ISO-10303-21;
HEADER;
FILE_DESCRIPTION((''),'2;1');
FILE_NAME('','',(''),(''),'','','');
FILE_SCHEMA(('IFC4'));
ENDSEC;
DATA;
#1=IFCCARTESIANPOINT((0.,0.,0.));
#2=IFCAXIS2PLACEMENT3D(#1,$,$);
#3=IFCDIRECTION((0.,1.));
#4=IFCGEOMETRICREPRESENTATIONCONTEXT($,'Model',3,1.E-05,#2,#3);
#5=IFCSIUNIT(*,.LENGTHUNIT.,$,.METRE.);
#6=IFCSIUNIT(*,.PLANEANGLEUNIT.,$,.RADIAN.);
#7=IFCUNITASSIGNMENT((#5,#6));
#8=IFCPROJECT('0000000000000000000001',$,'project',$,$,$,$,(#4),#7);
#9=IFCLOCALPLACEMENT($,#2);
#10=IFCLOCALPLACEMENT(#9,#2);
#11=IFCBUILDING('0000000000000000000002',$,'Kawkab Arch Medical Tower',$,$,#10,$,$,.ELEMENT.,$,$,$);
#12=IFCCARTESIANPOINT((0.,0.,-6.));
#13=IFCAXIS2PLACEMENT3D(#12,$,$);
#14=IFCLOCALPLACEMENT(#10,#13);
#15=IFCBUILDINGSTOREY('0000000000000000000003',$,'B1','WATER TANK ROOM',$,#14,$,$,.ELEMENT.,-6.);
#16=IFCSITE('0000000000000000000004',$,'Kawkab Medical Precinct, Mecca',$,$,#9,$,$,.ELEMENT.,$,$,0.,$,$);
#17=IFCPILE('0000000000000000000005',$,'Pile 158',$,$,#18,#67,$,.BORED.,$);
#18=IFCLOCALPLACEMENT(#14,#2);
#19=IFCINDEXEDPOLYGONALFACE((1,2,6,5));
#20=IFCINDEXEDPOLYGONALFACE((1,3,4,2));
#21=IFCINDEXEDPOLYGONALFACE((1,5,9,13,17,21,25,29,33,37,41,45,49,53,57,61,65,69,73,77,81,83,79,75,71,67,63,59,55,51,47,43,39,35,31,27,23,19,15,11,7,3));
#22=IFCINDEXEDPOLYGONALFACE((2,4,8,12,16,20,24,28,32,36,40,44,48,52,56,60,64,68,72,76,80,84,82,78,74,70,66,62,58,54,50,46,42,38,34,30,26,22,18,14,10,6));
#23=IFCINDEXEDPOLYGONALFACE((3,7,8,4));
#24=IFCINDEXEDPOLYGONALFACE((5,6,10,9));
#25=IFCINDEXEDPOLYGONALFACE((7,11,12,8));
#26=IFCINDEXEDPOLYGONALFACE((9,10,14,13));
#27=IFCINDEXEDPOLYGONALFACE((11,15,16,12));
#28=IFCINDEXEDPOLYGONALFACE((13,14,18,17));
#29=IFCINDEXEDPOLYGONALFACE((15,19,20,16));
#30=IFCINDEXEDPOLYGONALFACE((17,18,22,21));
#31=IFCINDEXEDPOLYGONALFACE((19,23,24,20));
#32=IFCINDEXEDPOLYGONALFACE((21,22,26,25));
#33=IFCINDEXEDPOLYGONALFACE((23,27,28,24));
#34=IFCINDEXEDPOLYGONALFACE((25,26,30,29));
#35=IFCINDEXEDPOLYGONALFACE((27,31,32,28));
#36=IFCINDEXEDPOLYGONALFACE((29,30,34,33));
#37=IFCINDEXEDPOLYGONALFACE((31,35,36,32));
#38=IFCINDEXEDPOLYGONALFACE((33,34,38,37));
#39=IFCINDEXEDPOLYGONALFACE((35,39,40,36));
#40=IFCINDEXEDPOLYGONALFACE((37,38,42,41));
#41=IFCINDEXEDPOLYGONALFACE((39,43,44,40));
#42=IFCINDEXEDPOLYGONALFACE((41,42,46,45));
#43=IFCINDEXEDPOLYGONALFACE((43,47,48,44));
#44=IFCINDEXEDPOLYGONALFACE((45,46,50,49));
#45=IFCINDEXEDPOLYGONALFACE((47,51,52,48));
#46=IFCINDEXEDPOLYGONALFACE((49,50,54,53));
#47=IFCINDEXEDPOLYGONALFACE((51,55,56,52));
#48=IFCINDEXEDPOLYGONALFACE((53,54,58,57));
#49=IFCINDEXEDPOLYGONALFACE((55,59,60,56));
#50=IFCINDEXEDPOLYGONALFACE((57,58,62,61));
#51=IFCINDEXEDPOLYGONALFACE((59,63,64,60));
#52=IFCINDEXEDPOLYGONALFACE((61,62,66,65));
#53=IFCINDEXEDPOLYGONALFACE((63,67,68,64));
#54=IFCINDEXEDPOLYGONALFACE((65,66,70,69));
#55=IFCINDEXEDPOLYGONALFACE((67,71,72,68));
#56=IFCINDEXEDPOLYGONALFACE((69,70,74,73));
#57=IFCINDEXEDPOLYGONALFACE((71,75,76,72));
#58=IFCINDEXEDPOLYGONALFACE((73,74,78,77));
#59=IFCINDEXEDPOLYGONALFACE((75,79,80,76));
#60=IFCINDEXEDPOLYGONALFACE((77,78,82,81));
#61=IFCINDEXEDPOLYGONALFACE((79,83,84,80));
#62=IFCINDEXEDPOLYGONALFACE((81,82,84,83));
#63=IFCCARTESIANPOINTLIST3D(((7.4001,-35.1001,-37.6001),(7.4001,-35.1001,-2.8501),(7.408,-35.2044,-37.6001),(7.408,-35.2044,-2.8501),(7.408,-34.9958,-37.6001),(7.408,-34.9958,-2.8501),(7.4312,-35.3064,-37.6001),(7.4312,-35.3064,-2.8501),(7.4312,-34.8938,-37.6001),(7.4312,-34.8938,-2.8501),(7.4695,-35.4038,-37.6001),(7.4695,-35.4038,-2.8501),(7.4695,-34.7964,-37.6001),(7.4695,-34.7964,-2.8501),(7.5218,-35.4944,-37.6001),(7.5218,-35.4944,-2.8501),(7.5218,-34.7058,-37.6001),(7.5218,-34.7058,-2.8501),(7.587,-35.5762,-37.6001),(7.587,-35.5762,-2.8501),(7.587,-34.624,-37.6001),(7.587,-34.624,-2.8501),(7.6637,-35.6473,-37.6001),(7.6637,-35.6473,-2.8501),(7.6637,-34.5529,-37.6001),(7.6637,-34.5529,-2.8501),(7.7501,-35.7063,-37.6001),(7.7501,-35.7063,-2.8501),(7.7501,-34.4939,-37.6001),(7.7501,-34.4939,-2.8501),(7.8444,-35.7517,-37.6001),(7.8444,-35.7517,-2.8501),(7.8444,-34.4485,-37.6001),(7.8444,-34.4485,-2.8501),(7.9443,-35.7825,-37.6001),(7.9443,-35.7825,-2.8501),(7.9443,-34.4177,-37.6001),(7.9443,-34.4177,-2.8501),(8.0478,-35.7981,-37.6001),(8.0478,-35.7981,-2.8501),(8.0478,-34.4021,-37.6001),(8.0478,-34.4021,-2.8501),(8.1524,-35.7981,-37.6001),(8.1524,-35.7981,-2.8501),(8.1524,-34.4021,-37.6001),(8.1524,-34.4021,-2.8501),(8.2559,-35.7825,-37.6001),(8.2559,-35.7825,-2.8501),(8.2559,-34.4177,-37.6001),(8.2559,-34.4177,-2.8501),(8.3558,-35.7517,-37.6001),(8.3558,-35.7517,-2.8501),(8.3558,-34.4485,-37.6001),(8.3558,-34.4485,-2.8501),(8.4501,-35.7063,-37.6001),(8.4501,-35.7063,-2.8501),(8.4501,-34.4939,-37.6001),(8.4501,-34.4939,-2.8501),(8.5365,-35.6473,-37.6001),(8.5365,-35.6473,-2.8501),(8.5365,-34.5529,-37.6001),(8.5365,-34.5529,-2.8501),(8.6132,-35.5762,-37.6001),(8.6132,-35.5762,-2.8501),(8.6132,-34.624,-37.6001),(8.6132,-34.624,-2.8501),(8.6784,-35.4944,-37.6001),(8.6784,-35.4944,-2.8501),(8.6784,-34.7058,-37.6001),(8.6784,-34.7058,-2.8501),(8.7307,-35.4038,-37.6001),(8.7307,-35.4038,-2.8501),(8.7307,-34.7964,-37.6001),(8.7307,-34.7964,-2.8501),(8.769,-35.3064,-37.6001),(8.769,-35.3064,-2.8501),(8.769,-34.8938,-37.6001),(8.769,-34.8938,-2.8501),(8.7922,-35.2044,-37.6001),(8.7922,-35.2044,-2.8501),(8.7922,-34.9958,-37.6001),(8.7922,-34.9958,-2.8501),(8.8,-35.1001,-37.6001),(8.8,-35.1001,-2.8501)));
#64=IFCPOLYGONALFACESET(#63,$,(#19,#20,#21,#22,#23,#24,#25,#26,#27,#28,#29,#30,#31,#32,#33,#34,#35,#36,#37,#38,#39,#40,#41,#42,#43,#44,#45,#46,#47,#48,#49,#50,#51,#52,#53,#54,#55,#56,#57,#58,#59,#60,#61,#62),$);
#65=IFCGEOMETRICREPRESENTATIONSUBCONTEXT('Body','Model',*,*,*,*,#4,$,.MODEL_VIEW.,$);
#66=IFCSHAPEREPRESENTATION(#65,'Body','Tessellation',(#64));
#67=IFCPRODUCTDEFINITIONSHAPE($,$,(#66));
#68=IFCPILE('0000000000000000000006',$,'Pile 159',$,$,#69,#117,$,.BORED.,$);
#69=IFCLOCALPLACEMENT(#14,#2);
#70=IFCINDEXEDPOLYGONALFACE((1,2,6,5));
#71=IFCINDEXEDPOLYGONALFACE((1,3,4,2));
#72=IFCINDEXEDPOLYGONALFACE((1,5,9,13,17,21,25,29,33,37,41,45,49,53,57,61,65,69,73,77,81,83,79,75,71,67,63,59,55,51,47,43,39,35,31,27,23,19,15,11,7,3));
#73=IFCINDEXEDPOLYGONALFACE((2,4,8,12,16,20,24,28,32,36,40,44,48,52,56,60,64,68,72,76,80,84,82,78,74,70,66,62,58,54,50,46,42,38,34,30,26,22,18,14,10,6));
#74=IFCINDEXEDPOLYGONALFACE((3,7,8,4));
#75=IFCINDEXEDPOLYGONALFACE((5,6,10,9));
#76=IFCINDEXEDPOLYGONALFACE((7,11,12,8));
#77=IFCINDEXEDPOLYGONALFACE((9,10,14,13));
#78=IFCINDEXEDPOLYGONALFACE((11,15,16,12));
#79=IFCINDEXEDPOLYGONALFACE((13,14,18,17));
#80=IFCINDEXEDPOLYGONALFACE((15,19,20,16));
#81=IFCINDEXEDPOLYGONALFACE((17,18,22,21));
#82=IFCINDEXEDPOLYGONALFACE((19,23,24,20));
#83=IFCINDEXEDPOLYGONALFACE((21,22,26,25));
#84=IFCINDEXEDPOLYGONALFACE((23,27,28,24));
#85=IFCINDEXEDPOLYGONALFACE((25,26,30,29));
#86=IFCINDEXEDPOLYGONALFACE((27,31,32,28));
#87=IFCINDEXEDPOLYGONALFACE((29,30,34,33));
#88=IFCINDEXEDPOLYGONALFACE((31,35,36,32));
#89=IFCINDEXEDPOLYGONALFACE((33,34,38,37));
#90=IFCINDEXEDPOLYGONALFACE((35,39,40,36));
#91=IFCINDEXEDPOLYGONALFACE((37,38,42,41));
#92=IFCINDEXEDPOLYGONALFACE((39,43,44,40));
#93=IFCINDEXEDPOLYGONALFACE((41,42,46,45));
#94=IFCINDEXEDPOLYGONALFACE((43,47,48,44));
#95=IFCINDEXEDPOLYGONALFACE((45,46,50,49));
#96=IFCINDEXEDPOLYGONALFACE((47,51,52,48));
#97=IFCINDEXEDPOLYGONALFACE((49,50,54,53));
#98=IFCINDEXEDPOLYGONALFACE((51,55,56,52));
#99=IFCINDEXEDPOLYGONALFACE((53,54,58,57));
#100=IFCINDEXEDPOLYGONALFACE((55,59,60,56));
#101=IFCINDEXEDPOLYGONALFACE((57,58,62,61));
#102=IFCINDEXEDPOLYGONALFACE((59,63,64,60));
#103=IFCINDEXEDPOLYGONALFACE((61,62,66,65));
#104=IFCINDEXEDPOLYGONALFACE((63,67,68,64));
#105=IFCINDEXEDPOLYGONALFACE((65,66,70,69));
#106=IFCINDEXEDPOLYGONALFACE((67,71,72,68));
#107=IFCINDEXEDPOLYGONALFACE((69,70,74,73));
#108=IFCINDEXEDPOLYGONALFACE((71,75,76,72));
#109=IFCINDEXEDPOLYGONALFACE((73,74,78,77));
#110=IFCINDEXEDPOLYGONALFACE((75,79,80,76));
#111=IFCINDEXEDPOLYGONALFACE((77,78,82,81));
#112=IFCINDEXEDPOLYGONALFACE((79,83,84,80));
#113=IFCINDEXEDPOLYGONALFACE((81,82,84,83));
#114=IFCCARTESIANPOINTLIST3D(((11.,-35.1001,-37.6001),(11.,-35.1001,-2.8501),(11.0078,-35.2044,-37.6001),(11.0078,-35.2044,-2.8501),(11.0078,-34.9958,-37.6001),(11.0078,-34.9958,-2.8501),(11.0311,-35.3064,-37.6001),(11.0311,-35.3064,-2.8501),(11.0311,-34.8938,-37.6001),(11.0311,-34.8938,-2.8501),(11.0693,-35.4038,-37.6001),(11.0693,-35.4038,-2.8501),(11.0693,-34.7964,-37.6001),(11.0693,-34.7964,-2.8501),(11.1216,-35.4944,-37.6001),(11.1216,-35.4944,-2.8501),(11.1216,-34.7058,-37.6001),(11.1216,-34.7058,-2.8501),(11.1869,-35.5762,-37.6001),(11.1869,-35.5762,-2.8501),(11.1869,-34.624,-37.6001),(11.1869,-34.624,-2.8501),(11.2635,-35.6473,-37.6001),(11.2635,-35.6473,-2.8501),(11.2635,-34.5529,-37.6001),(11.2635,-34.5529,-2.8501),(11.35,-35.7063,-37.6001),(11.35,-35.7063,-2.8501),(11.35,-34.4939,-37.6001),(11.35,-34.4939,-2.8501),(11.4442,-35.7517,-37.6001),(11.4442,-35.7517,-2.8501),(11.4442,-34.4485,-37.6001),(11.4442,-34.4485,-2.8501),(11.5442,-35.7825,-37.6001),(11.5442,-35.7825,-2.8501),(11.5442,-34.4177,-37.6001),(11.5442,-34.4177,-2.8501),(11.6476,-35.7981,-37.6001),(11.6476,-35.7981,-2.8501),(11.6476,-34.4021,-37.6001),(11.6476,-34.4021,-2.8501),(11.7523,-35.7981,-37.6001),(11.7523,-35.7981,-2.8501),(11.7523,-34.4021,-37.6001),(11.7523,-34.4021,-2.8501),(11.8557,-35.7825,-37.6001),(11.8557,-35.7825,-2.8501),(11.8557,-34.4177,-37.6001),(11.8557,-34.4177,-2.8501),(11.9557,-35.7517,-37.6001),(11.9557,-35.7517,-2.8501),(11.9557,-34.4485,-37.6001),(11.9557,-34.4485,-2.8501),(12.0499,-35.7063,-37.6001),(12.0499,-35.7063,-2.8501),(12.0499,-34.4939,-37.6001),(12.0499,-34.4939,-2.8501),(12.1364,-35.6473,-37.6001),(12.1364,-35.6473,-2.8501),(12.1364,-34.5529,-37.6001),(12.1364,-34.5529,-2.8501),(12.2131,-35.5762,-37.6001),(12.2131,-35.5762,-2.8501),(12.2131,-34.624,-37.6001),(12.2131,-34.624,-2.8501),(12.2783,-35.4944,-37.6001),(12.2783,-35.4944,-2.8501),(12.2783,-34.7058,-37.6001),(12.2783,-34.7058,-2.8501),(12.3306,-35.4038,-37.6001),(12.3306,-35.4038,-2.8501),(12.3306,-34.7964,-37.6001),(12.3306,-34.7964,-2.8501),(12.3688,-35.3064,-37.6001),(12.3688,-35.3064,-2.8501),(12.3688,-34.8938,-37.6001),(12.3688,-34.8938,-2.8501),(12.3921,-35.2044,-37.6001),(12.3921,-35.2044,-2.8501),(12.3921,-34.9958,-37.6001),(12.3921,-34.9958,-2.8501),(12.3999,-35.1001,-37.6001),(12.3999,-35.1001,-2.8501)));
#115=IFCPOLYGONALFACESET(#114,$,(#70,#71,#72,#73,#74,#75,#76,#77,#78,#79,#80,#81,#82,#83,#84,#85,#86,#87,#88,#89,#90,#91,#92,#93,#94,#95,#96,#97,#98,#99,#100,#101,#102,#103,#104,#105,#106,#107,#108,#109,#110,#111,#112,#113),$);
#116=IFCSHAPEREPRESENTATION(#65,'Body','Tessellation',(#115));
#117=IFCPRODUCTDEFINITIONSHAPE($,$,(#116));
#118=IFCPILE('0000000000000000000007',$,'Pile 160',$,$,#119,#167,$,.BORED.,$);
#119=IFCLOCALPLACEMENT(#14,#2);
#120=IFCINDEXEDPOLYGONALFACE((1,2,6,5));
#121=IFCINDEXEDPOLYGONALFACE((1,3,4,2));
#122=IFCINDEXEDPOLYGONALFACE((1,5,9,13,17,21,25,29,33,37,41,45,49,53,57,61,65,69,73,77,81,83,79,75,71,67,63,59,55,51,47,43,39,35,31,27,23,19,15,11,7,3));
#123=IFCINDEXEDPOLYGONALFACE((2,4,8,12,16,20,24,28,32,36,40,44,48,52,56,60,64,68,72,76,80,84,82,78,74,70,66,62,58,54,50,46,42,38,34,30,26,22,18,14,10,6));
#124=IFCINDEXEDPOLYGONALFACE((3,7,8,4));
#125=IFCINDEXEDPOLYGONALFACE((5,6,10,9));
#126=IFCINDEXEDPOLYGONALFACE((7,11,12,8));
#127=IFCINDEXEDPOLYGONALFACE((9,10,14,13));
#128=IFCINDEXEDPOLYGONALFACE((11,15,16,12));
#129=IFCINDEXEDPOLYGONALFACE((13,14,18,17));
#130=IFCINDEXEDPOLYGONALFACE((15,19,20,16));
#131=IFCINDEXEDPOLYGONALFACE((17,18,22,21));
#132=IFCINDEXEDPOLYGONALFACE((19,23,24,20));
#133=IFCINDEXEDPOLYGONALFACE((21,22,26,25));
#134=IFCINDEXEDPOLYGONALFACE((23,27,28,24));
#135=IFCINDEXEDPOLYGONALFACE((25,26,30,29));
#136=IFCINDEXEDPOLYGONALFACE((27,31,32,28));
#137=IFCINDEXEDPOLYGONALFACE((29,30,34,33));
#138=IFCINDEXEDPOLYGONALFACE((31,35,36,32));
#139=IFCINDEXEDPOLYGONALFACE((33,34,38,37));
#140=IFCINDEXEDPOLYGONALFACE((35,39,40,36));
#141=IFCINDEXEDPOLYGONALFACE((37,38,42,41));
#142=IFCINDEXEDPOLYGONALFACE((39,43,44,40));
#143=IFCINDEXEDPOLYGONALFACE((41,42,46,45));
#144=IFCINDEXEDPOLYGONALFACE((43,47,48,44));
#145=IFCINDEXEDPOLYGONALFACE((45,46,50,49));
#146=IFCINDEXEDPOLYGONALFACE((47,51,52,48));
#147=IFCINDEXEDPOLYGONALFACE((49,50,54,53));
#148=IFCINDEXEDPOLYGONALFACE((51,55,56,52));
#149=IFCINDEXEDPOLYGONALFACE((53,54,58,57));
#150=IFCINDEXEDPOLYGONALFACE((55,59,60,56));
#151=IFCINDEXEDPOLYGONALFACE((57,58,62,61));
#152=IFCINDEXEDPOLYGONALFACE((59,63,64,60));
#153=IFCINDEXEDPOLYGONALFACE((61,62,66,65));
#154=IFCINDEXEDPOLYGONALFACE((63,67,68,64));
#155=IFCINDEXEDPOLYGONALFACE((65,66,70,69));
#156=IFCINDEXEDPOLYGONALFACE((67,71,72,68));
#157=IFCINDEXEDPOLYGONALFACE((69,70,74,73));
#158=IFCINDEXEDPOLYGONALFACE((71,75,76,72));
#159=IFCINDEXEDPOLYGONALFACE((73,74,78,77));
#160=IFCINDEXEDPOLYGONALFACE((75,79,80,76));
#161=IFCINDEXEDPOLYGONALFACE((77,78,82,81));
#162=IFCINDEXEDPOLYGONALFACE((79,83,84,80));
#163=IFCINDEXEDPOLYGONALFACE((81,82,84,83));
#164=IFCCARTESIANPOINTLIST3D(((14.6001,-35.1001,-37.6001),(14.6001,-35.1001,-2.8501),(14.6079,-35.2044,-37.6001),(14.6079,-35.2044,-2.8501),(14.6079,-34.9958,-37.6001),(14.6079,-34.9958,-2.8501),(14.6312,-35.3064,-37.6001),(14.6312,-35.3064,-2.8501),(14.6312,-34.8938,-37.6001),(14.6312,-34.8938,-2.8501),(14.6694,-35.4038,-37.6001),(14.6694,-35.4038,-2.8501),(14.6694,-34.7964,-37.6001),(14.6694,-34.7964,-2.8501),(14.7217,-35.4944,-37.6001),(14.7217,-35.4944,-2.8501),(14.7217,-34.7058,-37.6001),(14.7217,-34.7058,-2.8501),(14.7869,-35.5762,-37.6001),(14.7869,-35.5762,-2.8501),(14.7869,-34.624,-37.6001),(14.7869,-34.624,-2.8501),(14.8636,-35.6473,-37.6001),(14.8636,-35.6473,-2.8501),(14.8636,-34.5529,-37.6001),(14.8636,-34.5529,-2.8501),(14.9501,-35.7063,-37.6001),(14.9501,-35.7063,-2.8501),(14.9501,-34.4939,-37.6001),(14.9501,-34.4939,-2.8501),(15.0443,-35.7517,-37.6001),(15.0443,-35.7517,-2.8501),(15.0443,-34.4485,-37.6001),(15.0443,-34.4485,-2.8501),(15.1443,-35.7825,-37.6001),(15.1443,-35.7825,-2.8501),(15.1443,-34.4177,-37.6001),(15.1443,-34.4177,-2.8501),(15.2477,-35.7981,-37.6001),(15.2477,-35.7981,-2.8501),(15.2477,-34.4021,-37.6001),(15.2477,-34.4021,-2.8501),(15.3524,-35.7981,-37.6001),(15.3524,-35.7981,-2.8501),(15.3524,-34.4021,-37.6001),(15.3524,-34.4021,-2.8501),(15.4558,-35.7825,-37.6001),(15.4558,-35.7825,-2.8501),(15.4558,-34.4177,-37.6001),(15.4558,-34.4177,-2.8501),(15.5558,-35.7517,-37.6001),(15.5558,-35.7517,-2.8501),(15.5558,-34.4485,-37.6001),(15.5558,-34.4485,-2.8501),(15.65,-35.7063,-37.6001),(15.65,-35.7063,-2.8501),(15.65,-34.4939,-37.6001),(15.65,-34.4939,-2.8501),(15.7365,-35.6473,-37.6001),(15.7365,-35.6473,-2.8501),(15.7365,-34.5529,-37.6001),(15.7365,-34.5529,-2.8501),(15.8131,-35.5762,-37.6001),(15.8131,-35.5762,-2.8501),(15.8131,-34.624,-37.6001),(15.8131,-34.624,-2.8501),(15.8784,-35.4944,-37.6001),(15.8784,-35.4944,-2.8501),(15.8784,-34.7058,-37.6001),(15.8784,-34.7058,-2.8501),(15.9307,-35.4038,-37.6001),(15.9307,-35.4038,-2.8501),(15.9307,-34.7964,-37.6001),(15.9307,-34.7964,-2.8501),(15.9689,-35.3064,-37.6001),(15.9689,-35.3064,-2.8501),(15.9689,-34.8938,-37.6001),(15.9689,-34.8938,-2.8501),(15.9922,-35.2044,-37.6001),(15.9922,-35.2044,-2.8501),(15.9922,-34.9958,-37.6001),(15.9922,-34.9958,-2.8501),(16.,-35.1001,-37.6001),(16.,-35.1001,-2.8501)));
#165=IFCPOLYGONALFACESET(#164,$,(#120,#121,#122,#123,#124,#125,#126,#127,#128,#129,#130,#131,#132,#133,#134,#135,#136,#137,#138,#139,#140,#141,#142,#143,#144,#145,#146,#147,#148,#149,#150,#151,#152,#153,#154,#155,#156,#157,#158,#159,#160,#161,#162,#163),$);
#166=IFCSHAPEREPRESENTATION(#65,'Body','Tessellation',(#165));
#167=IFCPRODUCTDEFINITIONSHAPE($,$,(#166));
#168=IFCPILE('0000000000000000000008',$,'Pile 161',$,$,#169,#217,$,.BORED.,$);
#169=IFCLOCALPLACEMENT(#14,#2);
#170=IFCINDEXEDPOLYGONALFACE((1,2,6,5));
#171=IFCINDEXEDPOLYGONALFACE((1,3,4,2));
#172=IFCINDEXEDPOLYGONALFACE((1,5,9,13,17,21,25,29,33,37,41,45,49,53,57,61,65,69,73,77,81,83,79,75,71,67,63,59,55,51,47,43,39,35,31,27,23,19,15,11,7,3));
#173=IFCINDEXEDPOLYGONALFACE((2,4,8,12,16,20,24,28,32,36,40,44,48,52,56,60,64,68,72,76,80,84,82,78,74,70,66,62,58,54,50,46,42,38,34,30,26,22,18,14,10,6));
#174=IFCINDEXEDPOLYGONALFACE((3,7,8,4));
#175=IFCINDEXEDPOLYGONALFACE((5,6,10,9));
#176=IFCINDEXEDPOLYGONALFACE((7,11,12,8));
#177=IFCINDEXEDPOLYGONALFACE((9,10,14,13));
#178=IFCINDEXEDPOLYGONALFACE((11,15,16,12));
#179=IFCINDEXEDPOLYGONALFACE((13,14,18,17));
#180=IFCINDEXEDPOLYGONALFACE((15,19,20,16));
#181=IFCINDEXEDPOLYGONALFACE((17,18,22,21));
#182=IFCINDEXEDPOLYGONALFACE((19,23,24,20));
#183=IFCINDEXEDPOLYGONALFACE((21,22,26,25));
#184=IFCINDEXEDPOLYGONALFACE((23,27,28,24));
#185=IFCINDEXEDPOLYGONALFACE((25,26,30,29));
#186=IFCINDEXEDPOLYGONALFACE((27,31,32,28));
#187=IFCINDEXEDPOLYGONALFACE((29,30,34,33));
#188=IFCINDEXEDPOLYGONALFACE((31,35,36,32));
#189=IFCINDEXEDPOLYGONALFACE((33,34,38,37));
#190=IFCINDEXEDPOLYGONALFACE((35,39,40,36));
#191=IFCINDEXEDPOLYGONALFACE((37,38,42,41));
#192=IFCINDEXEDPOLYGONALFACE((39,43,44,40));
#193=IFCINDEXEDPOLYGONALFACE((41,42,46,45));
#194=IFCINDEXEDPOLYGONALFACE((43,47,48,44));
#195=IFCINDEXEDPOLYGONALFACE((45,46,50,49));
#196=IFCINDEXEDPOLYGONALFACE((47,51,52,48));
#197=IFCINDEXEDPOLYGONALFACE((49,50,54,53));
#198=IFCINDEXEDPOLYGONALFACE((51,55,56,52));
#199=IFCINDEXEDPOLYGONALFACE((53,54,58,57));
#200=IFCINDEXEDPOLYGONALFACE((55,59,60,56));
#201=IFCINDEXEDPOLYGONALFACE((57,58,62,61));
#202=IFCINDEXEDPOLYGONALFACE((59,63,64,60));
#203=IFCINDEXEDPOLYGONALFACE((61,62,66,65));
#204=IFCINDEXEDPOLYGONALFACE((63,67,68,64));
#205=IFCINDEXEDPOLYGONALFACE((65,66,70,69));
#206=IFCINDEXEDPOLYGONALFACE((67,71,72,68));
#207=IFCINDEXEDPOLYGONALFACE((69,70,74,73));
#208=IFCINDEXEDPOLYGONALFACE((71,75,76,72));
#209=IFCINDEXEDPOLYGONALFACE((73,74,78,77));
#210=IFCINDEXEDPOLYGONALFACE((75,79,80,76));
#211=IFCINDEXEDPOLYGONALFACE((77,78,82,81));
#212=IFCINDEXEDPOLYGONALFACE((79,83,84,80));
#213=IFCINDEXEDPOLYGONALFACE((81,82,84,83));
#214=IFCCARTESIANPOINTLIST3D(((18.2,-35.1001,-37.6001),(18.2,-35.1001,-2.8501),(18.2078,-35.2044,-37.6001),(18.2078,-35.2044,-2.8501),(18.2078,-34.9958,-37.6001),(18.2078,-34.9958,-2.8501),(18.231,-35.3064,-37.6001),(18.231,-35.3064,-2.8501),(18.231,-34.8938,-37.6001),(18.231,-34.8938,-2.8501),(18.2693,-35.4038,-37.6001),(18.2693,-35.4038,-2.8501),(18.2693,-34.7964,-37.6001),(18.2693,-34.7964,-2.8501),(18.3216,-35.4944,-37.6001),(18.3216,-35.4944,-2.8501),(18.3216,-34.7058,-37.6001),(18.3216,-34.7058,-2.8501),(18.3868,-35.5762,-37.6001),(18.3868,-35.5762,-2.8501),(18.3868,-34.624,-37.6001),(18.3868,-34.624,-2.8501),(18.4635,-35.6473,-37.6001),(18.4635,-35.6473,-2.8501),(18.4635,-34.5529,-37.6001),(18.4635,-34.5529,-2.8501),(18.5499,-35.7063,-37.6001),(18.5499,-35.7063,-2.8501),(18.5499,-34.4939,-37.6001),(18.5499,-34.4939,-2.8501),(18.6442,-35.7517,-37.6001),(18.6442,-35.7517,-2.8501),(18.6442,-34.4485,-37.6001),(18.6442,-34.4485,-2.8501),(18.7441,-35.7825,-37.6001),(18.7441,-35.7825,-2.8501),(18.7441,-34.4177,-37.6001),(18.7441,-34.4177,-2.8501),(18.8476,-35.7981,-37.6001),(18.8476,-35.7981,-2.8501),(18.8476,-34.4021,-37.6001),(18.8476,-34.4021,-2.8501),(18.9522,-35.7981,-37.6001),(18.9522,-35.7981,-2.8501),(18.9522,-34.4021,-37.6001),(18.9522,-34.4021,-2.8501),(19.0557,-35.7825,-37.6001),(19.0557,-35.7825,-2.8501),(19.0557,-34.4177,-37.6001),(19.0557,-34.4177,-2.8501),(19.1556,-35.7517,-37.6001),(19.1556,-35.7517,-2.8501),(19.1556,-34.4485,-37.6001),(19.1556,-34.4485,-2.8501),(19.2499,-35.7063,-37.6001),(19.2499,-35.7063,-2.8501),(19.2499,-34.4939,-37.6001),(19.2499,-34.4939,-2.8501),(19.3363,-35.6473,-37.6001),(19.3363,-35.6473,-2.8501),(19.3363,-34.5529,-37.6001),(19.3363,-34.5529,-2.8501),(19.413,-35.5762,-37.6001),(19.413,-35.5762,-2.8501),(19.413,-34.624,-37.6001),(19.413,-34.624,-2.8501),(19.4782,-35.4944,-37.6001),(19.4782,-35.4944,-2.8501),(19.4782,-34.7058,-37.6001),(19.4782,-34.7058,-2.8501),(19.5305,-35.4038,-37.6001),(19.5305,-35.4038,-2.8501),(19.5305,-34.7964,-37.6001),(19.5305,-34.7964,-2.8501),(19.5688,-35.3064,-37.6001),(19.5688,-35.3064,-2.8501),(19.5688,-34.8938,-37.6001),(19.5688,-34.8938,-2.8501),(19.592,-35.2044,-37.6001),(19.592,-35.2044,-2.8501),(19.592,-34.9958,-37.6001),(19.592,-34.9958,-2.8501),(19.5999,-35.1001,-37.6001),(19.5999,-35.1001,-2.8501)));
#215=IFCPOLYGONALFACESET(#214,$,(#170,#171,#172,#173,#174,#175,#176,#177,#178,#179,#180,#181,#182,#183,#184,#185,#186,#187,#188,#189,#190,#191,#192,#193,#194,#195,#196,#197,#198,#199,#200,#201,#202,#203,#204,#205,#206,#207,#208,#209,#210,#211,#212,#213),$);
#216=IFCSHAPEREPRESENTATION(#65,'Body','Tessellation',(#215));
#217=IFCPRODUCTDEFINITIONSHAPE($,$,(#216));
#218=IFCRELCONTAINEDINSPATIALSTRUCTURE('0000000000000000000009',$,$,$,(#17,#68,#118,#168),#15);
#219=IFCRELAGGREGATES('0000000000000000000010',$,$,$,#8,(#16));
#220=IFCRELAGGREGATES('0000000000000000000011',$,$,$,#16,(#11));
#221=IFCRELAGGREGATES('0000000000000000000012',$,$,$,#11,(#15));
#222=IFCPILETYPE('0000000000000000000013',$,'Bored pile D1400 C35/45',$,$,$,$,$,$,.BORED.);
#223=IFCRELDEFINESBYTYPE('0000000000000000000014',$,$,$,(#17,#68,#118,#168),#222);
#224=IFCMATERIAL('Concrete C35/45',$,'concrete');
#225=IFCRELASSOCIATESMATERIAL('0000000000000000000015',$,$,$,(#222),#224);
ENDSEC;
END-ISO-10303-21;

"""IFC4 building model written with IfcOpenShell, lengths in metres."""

from ifc_helpers import new_model, si_unit, direction, frame, origin, origin_2d, place, context, subcontext, project, spatial, circle, extrude, material, material_profile, profile_set, type_object, element, save


model = new_model("IFC4")

# Units and contexts
model_context = context("Model", 3, precision=1e-05, world=origin(), true_north=direction((0.0, 1.0)))
body_context = subcontext(model_context, "Body", "Model", "MODEL_VIEW")
ifc_project = project(units=[si_unit("LENGTHUNIT", "METRE"), si_unit("PLANEANGLEUNIT", "RADIAN")], contexts=[model_context])

# Site, building, storey
site_placement = place(None, origin())
site = spatial("IfcSite", under=ifc_project, at=site_placement, Name="Kawkab Medical Precinct, Mecca", CompositionType="ELEMENT", RefElevation=0.0)
building_placement = place(site_placement, origin())
building = spatial("IfcBuilding", under=site, at=building_placement, Name="Kawkab Arch Medical Tower", CompositionType="ELEMENT")
storey_placement = place(building_placement, frame((0.0, 0.0, -6.0)))
storey = spatial("IfcBuildingStorey", under=building, at=storey_placement, Name="B1", Description="WATER TANK ROOM", CompositionType="ELEMENT", Elevation=-6.0)

# Piles
ifc_material_1 = material(Name="Concrete C35/45", Category="concrete")
ifc_material_profile_1 = material_profile(ifc_material_1, circle(Radius=0.7, at=origin_2d()), Name="Bored pile D1400")
ifc_profile_set_1 = profile_set([ifc_material_profile_1], Name="Concrete C35/45")
pile_type = type_object("IfcPileType", Name="Bored pile D1400 C35/45", PredefinedType="BORED", material=ifc_profile_set_1)
for number, where, z_axis, x_axis, name in (
    (1, (8.1001, -35.1001, -2.8501), (0.0, 0.0, -1.0), (1.0, 0.0, 0.0), "Pile 158"),
    (2, (11.7, -35.1001, -2.8501), (0.0, 0.0, -1.0), (1.0, 0.0, 0.0), "Pile 159"),
    (3, (15.3, -35.1001, -2.8501), (0.0, 0.0, -1.0), (1.0, 0.0, 0.0), "Pile 160"),
    (4, (18.8999, -35.1001, -2.8501), (0.0, 0.0, -1.0), (1.0, 0.0, 0.0), "Pile 161"),
):
    element("IfcPile", number, at=place(storey_placement, frame(where, z_axis=z_axis, x_axis=x_axis)), inside=storey, type_object=pile_type, Name=name, PredefinedType="BORED", context=body_context, shape_type="SweptSolid", body=[
        extrude(circle(Radius=0.7, at=origin_2d()), origin(), (0.0, 0.0, 1.0), 34.75),
    ])

save(model, "model.ifc")
